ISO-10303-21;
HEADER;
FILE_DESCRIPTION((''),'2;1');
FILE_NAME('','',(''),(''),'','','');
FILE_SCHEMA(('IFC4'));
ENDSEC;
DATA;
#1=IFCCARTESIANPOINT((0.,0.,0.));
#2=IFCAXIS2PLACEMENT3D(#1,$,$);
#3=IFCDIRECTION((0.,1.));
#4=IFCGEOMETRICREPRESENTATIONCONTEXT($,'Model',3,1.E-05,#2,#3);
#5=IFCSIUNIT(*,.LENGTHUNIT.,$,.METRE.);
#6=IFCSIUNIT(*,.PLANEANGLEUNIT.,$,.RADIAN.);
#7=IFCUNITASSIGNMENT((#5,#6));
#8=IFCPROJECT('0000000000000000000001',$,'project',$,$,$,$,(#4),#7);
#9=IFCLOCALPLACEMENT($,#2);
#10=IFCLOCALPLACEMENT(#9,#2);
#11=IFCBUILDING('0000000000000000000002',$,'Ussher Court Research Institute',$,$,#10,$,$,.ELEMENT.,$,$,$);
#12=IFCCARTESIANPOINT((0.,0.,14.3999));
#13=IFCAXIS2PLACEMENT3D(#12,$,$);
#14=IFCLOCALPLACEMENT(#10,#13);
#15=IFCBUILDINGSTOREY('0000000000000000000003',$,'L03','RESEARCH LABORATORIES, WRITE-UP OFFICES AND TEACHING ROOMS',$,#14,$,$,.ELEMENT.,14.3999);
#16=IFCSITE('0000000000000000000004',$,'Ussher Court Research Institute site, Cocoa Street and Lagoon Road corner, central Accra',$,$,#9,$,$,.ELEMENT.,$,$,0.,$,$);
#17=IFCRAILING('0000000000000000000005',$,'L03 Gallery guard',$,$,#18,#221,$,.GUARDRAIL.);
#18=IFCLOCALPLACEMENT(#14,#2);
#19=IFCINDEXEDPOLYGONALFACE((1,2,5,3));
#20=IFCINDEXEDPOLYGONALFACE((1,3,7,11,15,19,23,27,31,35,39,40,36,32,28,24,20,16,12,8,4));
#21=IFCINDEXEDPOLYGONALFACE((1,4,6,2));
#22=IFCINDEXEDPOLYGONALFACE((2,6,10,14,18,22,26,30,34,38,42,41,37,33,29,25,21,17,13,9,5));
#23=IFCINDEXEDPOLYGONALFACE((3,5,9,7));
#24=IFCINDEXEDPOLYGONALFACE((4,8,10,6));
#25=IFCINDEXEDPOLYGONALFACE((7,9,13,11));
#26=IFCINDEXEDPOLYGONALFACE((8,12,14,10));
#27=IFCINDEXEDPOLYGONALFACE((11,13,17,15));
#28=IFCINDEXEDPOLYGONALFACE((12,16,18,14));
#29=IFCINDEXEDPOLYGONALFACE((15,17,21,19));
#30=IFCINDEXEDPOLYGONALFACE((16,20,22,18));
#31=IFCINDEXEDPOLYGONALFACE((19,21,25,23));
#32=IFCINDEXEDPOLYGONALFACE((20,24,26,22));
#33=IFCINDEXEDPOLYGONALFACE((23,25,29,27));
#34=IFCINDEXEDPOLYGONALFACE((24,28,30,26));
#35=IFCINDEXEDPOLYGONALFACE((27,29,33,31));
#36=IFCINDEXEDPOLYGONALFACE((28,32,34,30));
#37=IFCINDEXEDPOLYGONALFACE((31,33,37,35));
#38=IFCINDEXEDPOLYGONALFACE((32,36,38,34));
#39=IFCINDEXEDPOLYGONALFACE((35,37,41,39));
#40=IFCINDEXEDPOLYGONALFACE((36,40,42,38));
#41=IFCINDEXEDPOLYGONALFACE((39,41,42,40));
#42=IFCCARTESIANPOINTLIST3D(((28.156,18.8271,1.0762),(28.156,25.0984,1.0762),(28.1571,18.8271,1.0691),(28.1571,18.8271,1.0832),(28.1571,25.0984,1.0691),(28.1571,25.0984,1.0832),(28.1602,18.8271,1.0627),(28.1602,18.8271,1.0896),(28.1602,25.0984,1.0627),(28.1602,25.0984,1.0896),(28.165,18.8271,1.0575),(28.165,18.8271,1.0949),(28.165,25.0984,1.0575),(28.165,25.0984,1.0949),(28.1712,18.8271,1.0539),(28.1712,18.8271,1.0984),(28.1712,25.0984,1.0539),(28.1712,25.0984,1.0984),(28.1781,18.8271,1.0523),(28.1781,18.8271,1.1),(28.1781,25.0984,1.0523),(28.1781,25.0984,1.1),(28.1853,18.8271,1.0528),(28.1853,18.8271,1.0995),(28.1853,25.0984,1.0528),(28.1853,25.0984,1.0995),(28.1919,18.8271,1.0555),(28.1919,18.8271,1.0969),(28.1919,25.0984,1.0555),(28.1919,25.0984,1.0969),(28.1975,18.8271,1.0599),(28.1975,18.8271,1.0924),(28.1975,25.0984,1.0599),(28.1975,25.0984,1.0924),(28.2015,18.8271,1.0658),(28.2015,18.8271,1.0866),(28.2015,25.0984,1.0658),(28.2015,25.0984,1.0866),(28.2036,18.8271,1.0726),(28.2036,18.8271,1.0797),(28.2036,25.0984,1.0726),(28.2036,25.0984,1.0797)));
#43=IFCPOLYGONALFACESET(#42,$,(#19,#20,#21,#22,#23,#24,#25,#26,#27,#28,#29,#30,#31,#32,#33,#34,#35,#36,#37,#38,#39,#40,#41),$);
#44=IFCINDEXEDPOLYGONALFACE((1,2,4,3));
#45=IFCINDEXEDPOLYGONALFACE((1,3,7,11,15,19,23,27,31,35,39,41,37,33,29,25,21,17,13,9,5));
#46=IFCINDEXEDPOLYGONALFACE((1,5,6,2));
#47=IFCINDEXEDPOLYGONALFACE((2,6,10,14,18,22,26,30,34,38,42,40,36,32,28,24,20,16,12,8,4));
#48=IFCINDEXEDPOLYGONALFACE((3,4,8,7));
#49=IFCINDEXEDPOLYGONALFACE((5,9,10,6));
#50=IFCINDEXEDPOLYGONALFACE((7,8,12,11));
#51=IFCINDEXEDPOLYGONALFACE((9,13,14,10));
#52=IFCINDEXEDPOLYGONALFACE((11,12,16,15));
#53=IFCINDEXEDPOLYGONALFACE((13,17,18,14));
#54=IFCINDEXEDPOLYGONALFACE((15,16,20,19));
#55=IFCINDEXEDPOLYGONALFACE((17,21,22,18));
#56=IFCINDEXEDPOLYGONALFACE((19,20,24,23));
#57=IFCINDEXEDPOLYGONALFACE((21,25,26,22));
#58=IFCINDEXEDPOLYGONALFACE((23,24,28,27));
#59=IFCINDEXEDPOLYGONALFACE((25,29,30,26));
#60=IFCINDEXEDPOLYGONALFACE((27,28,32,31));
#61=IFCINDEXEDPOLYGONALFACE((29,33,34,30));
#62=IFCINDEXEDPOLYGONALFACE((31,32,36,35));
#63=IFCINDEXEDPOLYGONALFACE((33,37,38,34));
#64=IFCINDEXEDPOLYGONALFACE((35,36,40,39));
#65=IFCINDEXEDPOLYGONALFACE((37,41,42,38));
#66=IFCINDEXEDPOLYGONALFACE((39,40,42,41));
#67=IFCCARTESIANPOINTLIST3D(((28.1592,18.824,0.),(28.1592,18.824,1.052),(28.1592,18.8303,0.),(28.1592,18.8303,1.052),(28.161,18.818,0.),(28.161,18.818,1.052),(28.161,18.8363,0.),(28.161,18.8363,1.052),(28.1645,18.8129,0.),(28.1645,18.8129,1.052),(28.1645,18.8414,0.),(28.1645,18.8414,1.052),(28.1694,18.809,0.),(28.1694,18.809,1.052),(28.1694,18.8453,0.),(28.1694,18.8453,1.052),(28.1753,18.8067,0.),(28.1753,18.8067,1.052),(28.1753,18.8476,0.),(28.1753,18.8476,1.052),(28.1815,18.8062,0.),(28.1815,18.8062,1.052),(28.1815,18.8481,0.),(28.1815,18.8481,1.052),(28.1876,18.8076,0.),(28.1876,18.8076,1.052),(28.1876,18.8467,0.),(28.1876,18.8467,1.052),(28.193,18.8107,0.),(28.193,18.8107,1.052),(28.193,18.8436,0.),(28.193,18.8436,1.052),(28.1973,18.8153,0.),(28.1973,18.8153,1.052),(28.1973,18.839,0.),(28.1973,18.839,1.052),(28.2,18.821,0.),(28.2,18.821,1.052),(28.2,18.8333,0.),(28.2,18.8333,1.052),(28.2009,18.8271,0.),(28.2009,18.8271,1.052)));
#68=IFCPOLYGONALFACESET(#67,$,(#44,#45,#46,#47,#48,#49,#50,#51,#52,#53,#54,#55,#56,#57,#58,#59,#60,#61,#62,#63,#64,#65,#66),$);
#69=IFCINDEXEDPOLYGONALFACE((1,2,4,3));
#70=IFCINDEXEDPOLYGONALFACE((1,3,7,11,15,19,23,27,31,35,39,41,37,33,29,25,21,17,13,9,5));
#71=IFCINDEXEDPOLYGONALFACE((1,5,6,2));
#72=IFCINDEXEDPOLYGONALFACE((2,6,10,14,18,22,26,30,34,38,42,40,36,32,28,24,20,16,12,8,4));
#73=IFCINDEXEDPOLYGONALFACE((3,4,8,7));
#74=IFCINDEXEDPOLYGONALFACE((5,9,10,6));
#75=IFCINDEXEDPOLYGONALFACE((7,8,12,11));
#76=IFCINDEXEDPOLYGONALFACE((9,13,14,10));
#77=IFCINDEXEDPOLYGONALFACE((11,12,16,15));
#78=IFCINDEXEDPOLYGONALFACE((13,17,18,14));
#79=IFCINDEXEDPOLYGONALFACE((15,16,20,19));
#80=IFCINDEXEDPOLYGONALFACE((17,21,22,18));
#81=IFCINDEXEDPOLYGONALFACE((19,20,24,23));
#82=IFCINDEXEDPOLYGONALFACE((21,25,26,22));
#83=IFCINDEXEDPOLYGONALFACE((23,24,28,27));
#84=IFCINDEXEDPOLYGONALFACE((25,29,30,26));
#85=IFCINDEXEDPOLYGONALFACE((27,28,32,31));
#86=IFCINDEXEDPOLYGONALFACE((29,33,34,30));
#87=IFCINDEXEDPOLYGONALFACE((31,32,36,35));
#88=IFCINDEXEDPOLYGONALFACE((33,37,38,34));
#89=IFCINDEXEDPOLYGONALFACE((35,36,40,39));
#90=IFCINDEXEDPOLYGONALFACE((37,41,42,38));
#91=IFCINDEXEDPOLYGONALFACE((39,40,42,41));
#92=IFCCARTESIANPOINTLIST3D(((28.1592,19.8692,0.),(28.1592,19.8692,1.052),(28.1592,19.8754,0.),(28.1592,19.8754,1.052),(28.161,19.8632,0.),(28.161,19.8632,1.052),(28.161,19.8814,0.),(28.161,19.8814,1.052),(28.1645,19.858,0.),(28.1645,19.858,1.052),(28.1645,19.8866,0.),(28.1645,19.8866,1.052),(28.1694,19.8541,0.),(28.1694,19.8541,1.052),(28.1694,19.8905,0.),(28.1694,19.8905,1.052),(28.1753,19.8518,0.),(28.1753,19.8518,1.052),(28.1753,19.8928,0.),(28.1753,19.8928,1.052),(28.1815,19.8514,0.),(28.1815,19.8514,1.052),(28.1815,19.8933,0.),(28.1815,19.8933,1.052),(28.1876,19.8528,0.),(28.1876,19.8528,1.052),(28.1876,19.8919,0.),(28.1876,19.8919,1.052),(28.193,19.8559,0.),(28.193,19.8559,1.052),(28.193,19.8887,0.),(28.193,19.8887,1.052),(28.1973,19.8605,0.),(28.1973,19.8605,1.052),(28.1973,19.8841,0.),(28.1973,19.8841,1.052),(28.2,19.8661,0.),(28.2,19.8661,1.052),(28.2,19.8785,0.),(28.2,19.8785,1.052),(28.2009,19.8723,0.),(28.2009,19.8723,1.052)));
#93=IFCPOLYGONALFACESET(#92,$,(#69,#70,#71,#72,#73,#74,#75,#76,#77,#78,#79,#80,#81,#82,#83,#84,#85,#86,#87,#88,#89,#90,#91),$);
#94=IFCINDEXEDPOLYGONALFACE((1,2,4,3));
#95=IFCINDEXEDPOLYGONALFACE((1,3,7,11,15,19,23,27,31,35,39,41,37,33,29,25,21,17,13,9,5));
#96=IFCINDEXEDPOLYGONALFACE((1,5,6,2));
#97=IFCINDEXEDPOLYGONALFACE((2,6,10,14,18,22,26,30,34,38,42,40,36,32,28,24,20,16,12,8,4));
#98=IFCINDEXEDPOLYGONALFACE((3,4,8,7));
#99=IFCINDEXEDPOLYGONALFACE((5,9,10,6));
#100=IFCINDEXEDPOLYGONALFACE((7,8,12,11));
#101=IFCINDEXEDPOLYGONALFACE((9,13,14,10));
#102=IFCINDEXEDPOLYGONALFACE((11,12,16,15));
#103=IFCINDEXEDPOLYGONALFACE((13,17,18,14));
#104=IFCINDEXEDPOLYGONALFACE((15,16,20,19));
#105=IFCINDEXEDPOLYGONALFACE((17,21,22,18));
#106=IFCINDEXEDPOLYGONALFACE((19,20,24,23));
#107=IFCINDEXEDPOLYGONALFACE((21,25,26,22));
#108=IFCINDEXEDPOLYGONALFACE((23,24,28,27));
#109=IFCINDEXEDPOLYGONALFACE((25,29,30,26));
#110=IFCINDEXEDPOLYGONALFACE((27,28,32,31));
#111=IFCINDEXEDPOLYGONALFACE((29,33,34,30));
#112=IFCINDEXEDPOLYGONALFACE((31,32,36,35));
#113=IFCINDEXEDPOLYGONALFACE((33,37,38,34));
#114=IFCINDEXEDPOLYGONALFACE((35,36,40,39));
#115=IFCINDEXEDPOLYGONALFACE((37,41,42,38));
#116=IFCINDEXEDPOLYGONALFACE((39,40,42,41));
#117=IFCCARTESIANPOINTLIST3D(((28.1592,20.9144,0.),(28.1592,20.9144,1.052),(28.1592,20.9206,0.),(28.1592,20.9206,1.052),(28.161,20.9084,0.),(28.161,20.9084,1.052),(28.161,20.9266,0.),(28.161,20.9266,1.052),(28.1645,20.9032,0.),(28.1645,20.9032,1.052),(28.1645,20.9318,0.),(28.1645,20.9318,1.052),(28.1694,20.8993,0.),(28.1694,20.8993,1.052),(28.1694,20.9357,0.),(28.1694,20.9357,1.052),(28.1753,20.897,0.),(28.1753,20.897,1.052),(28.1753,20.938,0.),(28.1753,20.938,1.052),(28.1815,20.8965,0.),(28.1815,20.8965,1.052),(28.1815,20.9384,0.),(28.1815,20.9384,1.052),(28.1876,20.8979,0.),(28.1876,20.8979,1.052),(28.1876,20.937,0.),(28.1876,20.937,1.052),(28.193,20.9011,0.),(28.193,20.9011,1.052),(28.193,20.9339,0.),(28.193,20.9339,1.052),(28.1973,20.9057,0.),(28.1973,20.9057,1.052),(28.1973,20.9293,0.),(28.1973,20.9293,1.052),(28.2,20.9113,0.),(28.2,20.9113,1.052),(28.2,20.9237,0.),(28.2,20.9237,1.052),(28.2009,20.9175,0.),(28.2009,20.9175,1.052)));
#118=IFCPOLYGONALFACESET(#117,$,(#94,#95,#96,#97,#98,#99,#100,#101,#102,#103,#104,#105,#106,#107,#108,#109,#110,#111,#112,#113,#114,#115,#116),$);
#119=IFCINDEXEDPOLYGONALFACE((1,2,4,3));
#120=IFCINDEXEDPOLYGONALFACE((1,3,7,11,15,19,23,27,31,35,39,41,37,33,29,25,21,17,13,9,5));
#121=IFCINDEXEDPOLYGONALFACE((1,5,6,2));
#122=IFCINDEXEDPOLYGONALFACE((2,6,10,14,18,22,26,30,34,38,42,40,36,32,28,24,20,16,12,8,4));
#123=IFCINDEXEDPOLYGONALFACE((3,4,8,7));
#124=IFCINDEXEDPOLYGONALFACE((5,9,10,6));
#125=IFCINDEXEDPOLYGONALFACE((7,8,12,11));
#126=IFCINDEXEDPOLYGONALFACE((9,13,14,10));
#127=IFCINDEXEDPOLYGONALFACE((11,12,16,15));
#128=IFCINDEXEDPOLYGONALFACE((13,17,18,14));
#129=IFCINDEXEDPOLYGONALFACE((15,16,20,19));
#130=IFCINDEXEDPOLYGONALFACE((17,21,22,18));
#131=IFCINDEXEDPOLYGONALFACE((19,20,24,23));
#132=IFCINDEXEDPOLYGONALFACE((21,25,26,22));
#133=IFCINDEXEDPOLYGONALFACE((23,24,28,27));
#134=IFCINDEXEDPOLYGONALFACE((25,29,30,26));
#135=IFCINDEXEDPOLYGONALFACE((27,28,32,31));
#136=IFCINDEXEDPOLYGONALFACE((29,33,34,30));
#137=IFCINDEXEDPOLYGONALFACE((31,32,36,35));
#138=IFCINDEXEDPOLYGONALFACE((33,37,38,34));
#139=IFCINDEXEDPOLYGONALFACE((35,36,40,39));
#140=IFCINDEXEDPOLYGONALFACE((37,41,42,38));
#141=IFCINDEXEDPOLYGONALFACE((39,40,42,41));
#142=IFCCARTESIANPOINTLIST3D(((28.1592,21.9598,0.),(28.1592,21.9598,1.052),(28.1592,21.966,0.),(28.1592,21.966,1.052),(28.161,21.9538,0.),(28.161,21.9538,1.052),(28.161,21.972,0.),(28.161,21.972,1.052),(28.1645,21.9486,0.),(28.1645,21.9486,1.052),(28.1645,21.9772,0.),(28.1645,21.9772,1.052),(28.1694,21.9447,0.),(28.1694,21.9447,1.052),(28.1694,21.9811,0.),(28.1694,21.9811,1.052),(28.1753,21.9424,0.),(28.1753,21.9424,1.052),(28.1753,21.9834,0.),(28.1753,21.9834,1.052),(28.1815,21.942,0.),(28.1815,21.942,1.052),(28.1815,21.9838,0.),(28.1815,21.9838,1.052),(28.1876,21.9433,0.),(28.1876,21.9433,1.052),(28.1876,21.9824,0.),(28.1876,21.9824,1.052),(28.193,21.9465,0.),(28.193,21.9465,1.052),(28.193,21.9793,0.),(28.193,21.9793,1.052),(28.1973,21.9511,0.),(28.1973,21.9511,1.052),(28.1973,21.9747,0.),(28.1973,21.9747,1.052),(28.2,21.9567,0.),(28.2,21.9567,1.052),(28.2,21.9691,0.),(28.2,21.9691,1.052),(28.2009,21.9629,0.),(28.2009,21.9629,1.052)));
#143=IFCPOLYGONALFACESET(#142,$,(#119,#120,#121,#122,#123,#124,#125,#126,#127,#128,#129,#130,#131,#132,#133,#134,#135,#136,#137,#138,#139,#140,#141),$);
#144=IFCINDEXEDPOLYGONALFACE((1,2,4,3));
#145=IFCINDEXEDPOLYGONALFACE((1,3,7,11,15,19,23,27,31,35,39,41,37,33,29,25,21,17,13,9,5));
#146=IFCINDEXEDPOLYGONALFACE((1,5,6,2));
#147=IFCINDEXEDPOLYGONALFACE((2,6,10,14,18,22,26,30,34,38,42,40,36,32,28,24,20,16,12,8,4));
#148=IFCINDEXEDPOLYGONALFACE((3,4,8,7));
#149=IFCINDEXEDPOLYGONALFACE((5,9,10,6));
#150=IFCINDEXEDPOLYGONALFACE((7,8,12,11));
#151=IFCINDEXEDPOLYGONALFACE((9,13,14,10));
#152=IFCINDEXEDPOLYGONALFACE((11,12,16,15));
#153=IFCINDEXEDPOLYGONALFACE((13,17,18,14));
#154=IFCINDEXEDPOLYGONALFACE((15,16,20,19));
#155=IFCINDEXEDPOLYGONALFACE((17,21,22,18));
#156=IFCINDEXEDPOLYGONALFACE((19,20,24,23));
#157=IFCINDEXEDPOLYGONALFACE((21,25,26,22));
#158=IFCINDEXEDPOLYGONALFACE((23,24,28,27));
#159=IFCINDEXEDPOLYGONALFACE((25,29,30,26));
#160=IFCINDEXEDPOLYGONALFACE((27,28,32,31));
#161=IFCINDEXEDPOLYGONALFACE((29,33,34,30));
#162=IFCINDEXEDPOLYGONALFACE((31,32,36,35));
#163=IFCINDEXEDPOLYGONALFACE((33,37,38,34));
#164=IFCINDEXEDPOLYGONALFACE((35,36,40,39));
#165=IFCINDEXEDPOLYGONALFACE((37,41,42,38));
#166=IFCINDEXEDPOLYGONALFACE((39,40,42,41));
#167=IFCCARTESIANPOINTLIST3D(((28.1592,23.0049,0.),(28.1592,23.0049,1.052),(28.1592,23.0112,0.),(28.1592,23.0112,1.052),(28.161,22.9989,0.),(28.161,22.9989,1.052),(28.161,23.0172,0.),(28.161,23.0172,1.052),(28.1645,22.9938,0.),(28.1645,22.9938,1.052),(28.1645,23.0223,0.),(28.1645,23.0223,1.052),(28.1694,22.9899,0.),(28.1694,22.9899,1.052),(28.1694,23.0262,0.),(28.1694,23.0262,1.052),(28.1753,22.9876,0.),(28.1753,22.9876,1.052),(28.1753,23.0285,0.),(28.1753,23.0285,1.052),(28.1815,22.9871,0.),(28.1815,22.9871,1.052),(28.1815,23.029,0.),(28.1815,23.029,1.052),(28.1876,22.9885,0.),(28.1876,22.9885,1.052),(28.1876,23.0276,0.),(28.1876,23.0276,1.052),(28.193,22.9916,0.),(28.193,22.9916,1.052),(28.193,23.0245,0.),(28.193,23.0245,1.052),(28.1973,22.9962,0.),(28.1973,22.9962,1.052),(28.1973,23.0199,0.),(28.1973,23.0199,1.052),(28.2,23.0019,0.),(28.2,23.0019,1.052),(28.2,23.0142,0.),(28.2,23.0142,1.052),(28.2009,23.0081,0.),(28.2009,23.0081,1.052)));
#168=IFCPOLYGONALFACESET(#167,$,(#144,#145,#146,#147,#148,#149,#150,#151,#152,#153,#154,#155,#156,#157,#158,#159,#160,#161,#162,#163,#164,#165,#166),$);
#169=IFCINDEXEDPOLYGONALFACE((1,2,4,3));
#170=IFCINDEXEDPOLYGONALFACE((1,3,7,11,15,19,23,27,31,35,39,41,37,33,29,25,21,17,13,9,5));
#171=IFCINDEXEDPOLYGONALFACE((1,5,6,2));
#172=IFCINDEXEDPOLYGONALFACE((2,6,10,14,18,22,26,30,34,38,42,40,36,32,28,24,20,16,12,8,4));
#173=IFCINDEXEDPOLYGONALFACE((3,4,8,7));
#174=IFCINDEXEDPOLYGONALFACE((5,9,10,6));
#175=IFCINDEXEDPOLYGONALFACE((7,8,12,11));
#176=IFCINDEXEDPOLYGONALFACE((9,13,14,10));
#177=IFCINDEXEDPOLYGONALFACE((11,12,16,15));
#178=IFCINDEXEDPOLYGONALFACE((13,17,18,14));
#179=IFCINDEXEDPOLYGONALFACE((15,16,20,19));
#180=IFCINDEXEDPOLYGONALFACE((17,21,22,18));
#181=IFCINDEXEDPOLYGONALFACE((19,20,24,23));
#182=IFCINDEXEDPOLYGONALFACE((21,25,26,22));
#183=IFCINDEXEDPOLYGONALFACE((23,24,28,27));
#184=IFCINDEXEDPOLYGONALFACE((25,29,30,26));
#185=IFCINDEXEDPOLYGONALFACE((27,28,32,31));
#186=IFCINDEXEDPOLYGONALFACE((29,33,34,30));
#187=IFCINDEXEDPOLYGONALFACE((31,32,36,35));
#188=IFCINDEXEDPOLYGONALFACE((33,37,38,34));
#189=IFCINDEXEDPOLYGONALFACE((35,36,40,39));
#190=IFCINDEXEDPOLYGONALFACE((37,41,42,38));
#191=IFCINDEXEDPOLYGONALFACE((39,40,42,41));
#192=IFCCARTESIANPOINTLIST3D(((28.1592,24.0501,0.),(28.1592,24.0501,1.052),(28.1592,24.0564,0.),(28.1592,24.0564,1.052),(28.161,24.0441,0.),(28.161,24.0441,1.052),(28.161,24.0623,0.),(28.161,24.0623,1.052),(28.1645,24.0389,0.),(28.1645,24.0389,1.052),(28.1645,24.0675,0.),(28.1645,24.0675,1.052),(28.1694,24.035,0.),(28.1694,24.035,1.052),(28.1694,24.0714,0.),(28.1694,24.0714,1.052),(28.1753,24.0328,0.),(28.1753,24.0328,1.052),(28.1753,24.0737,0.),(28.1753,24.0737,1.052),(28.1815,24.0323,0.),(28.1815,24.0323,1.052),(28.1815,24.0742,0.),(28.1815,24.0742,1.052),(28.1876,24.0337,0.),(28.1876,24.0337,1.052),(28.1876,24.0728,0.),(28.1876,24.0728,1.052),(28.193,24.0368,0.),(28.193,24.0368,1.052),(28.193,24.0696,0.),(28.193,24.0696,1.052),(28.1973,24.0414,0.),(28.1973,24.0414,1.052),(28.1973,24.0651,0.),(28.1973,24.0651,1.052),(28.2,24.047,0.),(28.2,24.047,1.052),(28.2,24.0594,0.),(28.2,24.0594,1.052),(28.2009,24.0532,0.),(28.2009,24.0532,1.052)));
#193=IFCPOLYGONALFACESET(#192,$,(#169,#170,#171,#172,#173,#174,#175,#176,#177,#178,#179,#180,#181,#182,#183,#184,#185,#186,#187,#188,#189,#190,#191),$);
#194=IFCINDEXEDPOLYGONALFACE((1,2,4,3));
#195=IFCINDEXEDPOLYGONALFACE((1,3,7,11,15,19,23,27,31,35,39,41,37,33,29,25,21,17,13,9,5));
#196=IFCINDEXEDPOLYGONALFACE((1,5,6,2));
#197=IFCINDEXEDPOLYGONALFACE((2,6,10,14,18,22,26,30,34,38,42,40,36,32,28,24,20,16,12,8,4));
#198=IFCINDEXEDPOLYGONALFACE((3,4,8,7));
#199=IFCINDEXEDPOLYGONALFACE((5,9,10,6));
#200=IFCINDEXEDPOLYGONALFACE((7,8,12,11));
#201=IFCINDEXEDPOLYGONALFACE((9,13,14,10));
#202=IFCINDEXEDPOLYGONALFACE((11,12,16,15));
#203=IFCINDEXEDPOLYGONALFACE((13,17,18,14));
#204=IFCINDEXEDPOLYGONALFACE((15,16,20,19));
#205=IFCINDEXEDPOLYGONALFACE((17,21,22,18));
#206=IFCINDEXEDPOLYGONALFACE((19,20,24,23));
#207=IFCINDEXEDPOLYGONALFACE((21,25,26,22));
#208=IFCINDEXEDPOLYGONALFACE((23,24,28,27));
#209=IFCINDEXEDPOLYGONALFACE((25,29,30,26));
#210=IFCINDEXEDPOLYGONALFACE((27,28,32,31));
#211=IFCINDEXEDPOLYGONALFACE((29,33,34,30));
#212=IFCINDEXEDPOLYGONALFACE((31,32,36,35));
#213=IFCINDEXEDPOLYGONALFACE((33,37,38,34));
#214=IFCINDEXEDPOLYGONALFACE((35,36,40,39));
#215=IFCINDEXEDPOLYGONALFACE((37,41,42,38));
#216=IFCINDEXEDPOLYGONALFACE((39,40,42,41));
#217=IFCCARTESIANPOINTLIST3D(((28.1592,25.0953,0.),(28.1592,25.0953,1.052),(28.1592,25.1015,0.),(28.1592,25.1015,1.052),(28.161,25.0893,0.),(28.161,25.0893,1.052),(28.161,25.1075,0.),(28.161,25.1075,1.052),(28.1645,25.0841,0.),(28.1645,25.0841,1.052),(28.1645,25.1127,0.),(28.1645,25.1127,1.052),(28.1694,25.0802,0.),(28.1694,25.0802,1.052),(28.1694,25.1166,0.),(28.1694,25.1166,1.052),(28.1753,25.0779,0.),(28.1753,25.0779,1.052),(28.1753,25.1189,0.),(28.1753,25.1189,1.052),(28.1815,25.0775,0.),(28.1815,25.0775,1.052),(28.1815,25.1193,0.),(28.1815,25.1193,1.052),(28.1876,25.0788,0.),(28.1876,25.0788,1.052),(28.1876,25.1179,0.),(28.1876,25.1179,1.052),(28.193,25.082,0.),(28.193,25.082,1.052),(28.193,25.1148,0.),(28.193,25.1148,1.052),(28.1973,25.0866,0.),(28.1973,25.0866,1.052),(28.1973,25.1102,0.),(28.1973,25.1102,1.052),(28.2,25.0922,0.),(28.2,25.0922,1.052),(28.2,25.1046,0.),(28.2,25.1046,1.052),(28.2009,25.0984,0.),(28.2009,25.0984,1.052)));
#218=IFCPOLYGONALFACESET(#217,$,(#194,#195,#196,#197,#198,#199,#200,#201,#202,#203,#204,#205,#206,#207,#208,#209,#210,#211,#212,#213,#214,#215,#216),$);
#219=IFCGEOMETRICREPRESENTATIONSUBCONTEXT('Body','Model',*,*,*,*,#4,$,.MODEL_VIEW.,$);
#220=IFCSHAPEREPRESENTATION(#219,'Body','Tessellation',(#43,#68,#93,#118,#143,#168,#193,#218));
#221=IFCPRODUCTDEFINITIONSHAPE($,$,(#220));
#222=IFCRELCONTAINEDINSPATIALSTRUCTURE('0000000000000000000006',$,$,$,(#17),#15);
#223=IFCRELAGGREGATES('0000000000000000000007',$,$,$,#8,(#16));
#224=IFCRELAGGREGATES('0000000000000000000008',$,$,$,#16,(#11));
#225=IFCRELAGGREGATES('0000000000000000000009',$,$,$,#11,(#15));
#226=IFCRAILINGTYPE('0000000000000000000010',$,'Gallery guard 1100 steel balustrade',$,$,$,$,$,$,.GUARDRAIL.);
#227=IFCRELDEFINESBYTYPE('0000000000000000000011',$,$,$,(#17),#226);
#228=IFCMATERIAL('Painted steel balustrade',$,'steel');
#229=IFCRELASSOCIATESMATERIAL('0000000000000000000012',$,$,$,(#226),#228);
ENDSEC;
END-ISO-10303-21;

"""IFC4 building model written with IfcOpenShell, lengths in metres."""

from ifc_helpers import new_model, si_unit, direction, frame, origin, origin_2d, place, context, subcontext, project, spatial, circle, extrude, material, type_object, element, save


model = new_model("IFC4")

# Units and contexts
model_context = context("Model", 3, precision=1e-05, world=origin(), true_north=direction((0.0, 1.0)))
body_context = subcontext(model_context, "Body", "Model", "MODEL_VIEW")
ifc_project = project(units=[si_unit("LENGTHUNIT", "METRE"), si_unit("PLANEANGLEUNIT", "RADIAN")], contexts=[model_context])

# Site, building, storey
site_placement = place(None, origin())
site = spatial("IfcSite", under=ifc_project, at=site_placement, Name="Ussher Court Research Institute site, Cocoa Street and Lagoon Road corner, central Accra", CompositionType="ELEMENT", RefElevation=0.0)
building_placement = place(site_placement, origin())
building = spatial("IfcBuilding", under=site, at=building_placement, Name="Ussher Court Research Institute", CompositionType="ELEMENT")
storey_placement = place(building_placement, frame((0.0, 0.0, 14.3999)))
storey = spatial("IfcBuildingStorey", under=building, at=storey_placement, Name="L03", Description="RESEARCH LABORATORIES, WRITE-UP OFFICES AND TEACHING ROOMS", CompositionType="ELEMENT", Elevation=14.3999)

# Railing
ifc_material_1 = material(Name="Painted steel balustrade", Category="steel")
railing_type = type_object("IfcRailingType", Name="Gallery guard 1100 steel balustrade", PredefinedType="GUARDRAIL", material=ifc_material_1)
railing_1_placement = place(storey_placement, frame((28.1799, 18.8271, 0.0)))
element("IfcRailing", 1, at=railing_1_placement, inside=storey, type_object=railing_type, Name="L03 Gallery guard", PredefinedType="GUARDRAIL", context=body_context, shape_type="SweptSolid", body=[
    extrude(circle(Radius=0.0239, at=origin_2d()), frame((0.0, 0.0, 1.0762), z_axis=(0.0, 1.0, 0.0), x_axis=(-1.0, 0.0, 0.0)), (0.0, 0.0, 1.0), 6.2712),
    extrude(circle(Radius=0.021, at=origin_2d()), origin(), (0.0, 0.0, 1.0), 1.052),
    extrude(circle(Radius=0.021, at=origin_2d()), frame((0.0, 1.0452, 0.0)), (0.0, 0.0, 1.0), 1.052),
    extrude(circle(Radius=0.021, at=origin_2d()), frame((0.0, 2.0903, 0.0)), (0.0, 0.0, 1.0), 1.052),
    extrude(circle(Radius=0.021, at=origin_2d()), frame((0.0, 3.1357, 0.0)), (0.0, 0.0, 1.0), 1.052),
    extrude(circle(Radius=0.021, at=origin_2d()), frame((0.0, 4.1809, 0.0)), (0.0, 0.0, 1.0), 1.052),
    extrude(circle(Radius=0.021, at=origin_2d()), frame((0.0, 5.2261, 0.0)), (0.0, 0.0, 1.0), 1.052),
    extrude(circle(Radius=0.021, at=origin_2d()), frame((0.0, 6.2712, 0.0)), (0.0, 0.0, 1.0), 1.052),
])

save(model, "model.ifc")
